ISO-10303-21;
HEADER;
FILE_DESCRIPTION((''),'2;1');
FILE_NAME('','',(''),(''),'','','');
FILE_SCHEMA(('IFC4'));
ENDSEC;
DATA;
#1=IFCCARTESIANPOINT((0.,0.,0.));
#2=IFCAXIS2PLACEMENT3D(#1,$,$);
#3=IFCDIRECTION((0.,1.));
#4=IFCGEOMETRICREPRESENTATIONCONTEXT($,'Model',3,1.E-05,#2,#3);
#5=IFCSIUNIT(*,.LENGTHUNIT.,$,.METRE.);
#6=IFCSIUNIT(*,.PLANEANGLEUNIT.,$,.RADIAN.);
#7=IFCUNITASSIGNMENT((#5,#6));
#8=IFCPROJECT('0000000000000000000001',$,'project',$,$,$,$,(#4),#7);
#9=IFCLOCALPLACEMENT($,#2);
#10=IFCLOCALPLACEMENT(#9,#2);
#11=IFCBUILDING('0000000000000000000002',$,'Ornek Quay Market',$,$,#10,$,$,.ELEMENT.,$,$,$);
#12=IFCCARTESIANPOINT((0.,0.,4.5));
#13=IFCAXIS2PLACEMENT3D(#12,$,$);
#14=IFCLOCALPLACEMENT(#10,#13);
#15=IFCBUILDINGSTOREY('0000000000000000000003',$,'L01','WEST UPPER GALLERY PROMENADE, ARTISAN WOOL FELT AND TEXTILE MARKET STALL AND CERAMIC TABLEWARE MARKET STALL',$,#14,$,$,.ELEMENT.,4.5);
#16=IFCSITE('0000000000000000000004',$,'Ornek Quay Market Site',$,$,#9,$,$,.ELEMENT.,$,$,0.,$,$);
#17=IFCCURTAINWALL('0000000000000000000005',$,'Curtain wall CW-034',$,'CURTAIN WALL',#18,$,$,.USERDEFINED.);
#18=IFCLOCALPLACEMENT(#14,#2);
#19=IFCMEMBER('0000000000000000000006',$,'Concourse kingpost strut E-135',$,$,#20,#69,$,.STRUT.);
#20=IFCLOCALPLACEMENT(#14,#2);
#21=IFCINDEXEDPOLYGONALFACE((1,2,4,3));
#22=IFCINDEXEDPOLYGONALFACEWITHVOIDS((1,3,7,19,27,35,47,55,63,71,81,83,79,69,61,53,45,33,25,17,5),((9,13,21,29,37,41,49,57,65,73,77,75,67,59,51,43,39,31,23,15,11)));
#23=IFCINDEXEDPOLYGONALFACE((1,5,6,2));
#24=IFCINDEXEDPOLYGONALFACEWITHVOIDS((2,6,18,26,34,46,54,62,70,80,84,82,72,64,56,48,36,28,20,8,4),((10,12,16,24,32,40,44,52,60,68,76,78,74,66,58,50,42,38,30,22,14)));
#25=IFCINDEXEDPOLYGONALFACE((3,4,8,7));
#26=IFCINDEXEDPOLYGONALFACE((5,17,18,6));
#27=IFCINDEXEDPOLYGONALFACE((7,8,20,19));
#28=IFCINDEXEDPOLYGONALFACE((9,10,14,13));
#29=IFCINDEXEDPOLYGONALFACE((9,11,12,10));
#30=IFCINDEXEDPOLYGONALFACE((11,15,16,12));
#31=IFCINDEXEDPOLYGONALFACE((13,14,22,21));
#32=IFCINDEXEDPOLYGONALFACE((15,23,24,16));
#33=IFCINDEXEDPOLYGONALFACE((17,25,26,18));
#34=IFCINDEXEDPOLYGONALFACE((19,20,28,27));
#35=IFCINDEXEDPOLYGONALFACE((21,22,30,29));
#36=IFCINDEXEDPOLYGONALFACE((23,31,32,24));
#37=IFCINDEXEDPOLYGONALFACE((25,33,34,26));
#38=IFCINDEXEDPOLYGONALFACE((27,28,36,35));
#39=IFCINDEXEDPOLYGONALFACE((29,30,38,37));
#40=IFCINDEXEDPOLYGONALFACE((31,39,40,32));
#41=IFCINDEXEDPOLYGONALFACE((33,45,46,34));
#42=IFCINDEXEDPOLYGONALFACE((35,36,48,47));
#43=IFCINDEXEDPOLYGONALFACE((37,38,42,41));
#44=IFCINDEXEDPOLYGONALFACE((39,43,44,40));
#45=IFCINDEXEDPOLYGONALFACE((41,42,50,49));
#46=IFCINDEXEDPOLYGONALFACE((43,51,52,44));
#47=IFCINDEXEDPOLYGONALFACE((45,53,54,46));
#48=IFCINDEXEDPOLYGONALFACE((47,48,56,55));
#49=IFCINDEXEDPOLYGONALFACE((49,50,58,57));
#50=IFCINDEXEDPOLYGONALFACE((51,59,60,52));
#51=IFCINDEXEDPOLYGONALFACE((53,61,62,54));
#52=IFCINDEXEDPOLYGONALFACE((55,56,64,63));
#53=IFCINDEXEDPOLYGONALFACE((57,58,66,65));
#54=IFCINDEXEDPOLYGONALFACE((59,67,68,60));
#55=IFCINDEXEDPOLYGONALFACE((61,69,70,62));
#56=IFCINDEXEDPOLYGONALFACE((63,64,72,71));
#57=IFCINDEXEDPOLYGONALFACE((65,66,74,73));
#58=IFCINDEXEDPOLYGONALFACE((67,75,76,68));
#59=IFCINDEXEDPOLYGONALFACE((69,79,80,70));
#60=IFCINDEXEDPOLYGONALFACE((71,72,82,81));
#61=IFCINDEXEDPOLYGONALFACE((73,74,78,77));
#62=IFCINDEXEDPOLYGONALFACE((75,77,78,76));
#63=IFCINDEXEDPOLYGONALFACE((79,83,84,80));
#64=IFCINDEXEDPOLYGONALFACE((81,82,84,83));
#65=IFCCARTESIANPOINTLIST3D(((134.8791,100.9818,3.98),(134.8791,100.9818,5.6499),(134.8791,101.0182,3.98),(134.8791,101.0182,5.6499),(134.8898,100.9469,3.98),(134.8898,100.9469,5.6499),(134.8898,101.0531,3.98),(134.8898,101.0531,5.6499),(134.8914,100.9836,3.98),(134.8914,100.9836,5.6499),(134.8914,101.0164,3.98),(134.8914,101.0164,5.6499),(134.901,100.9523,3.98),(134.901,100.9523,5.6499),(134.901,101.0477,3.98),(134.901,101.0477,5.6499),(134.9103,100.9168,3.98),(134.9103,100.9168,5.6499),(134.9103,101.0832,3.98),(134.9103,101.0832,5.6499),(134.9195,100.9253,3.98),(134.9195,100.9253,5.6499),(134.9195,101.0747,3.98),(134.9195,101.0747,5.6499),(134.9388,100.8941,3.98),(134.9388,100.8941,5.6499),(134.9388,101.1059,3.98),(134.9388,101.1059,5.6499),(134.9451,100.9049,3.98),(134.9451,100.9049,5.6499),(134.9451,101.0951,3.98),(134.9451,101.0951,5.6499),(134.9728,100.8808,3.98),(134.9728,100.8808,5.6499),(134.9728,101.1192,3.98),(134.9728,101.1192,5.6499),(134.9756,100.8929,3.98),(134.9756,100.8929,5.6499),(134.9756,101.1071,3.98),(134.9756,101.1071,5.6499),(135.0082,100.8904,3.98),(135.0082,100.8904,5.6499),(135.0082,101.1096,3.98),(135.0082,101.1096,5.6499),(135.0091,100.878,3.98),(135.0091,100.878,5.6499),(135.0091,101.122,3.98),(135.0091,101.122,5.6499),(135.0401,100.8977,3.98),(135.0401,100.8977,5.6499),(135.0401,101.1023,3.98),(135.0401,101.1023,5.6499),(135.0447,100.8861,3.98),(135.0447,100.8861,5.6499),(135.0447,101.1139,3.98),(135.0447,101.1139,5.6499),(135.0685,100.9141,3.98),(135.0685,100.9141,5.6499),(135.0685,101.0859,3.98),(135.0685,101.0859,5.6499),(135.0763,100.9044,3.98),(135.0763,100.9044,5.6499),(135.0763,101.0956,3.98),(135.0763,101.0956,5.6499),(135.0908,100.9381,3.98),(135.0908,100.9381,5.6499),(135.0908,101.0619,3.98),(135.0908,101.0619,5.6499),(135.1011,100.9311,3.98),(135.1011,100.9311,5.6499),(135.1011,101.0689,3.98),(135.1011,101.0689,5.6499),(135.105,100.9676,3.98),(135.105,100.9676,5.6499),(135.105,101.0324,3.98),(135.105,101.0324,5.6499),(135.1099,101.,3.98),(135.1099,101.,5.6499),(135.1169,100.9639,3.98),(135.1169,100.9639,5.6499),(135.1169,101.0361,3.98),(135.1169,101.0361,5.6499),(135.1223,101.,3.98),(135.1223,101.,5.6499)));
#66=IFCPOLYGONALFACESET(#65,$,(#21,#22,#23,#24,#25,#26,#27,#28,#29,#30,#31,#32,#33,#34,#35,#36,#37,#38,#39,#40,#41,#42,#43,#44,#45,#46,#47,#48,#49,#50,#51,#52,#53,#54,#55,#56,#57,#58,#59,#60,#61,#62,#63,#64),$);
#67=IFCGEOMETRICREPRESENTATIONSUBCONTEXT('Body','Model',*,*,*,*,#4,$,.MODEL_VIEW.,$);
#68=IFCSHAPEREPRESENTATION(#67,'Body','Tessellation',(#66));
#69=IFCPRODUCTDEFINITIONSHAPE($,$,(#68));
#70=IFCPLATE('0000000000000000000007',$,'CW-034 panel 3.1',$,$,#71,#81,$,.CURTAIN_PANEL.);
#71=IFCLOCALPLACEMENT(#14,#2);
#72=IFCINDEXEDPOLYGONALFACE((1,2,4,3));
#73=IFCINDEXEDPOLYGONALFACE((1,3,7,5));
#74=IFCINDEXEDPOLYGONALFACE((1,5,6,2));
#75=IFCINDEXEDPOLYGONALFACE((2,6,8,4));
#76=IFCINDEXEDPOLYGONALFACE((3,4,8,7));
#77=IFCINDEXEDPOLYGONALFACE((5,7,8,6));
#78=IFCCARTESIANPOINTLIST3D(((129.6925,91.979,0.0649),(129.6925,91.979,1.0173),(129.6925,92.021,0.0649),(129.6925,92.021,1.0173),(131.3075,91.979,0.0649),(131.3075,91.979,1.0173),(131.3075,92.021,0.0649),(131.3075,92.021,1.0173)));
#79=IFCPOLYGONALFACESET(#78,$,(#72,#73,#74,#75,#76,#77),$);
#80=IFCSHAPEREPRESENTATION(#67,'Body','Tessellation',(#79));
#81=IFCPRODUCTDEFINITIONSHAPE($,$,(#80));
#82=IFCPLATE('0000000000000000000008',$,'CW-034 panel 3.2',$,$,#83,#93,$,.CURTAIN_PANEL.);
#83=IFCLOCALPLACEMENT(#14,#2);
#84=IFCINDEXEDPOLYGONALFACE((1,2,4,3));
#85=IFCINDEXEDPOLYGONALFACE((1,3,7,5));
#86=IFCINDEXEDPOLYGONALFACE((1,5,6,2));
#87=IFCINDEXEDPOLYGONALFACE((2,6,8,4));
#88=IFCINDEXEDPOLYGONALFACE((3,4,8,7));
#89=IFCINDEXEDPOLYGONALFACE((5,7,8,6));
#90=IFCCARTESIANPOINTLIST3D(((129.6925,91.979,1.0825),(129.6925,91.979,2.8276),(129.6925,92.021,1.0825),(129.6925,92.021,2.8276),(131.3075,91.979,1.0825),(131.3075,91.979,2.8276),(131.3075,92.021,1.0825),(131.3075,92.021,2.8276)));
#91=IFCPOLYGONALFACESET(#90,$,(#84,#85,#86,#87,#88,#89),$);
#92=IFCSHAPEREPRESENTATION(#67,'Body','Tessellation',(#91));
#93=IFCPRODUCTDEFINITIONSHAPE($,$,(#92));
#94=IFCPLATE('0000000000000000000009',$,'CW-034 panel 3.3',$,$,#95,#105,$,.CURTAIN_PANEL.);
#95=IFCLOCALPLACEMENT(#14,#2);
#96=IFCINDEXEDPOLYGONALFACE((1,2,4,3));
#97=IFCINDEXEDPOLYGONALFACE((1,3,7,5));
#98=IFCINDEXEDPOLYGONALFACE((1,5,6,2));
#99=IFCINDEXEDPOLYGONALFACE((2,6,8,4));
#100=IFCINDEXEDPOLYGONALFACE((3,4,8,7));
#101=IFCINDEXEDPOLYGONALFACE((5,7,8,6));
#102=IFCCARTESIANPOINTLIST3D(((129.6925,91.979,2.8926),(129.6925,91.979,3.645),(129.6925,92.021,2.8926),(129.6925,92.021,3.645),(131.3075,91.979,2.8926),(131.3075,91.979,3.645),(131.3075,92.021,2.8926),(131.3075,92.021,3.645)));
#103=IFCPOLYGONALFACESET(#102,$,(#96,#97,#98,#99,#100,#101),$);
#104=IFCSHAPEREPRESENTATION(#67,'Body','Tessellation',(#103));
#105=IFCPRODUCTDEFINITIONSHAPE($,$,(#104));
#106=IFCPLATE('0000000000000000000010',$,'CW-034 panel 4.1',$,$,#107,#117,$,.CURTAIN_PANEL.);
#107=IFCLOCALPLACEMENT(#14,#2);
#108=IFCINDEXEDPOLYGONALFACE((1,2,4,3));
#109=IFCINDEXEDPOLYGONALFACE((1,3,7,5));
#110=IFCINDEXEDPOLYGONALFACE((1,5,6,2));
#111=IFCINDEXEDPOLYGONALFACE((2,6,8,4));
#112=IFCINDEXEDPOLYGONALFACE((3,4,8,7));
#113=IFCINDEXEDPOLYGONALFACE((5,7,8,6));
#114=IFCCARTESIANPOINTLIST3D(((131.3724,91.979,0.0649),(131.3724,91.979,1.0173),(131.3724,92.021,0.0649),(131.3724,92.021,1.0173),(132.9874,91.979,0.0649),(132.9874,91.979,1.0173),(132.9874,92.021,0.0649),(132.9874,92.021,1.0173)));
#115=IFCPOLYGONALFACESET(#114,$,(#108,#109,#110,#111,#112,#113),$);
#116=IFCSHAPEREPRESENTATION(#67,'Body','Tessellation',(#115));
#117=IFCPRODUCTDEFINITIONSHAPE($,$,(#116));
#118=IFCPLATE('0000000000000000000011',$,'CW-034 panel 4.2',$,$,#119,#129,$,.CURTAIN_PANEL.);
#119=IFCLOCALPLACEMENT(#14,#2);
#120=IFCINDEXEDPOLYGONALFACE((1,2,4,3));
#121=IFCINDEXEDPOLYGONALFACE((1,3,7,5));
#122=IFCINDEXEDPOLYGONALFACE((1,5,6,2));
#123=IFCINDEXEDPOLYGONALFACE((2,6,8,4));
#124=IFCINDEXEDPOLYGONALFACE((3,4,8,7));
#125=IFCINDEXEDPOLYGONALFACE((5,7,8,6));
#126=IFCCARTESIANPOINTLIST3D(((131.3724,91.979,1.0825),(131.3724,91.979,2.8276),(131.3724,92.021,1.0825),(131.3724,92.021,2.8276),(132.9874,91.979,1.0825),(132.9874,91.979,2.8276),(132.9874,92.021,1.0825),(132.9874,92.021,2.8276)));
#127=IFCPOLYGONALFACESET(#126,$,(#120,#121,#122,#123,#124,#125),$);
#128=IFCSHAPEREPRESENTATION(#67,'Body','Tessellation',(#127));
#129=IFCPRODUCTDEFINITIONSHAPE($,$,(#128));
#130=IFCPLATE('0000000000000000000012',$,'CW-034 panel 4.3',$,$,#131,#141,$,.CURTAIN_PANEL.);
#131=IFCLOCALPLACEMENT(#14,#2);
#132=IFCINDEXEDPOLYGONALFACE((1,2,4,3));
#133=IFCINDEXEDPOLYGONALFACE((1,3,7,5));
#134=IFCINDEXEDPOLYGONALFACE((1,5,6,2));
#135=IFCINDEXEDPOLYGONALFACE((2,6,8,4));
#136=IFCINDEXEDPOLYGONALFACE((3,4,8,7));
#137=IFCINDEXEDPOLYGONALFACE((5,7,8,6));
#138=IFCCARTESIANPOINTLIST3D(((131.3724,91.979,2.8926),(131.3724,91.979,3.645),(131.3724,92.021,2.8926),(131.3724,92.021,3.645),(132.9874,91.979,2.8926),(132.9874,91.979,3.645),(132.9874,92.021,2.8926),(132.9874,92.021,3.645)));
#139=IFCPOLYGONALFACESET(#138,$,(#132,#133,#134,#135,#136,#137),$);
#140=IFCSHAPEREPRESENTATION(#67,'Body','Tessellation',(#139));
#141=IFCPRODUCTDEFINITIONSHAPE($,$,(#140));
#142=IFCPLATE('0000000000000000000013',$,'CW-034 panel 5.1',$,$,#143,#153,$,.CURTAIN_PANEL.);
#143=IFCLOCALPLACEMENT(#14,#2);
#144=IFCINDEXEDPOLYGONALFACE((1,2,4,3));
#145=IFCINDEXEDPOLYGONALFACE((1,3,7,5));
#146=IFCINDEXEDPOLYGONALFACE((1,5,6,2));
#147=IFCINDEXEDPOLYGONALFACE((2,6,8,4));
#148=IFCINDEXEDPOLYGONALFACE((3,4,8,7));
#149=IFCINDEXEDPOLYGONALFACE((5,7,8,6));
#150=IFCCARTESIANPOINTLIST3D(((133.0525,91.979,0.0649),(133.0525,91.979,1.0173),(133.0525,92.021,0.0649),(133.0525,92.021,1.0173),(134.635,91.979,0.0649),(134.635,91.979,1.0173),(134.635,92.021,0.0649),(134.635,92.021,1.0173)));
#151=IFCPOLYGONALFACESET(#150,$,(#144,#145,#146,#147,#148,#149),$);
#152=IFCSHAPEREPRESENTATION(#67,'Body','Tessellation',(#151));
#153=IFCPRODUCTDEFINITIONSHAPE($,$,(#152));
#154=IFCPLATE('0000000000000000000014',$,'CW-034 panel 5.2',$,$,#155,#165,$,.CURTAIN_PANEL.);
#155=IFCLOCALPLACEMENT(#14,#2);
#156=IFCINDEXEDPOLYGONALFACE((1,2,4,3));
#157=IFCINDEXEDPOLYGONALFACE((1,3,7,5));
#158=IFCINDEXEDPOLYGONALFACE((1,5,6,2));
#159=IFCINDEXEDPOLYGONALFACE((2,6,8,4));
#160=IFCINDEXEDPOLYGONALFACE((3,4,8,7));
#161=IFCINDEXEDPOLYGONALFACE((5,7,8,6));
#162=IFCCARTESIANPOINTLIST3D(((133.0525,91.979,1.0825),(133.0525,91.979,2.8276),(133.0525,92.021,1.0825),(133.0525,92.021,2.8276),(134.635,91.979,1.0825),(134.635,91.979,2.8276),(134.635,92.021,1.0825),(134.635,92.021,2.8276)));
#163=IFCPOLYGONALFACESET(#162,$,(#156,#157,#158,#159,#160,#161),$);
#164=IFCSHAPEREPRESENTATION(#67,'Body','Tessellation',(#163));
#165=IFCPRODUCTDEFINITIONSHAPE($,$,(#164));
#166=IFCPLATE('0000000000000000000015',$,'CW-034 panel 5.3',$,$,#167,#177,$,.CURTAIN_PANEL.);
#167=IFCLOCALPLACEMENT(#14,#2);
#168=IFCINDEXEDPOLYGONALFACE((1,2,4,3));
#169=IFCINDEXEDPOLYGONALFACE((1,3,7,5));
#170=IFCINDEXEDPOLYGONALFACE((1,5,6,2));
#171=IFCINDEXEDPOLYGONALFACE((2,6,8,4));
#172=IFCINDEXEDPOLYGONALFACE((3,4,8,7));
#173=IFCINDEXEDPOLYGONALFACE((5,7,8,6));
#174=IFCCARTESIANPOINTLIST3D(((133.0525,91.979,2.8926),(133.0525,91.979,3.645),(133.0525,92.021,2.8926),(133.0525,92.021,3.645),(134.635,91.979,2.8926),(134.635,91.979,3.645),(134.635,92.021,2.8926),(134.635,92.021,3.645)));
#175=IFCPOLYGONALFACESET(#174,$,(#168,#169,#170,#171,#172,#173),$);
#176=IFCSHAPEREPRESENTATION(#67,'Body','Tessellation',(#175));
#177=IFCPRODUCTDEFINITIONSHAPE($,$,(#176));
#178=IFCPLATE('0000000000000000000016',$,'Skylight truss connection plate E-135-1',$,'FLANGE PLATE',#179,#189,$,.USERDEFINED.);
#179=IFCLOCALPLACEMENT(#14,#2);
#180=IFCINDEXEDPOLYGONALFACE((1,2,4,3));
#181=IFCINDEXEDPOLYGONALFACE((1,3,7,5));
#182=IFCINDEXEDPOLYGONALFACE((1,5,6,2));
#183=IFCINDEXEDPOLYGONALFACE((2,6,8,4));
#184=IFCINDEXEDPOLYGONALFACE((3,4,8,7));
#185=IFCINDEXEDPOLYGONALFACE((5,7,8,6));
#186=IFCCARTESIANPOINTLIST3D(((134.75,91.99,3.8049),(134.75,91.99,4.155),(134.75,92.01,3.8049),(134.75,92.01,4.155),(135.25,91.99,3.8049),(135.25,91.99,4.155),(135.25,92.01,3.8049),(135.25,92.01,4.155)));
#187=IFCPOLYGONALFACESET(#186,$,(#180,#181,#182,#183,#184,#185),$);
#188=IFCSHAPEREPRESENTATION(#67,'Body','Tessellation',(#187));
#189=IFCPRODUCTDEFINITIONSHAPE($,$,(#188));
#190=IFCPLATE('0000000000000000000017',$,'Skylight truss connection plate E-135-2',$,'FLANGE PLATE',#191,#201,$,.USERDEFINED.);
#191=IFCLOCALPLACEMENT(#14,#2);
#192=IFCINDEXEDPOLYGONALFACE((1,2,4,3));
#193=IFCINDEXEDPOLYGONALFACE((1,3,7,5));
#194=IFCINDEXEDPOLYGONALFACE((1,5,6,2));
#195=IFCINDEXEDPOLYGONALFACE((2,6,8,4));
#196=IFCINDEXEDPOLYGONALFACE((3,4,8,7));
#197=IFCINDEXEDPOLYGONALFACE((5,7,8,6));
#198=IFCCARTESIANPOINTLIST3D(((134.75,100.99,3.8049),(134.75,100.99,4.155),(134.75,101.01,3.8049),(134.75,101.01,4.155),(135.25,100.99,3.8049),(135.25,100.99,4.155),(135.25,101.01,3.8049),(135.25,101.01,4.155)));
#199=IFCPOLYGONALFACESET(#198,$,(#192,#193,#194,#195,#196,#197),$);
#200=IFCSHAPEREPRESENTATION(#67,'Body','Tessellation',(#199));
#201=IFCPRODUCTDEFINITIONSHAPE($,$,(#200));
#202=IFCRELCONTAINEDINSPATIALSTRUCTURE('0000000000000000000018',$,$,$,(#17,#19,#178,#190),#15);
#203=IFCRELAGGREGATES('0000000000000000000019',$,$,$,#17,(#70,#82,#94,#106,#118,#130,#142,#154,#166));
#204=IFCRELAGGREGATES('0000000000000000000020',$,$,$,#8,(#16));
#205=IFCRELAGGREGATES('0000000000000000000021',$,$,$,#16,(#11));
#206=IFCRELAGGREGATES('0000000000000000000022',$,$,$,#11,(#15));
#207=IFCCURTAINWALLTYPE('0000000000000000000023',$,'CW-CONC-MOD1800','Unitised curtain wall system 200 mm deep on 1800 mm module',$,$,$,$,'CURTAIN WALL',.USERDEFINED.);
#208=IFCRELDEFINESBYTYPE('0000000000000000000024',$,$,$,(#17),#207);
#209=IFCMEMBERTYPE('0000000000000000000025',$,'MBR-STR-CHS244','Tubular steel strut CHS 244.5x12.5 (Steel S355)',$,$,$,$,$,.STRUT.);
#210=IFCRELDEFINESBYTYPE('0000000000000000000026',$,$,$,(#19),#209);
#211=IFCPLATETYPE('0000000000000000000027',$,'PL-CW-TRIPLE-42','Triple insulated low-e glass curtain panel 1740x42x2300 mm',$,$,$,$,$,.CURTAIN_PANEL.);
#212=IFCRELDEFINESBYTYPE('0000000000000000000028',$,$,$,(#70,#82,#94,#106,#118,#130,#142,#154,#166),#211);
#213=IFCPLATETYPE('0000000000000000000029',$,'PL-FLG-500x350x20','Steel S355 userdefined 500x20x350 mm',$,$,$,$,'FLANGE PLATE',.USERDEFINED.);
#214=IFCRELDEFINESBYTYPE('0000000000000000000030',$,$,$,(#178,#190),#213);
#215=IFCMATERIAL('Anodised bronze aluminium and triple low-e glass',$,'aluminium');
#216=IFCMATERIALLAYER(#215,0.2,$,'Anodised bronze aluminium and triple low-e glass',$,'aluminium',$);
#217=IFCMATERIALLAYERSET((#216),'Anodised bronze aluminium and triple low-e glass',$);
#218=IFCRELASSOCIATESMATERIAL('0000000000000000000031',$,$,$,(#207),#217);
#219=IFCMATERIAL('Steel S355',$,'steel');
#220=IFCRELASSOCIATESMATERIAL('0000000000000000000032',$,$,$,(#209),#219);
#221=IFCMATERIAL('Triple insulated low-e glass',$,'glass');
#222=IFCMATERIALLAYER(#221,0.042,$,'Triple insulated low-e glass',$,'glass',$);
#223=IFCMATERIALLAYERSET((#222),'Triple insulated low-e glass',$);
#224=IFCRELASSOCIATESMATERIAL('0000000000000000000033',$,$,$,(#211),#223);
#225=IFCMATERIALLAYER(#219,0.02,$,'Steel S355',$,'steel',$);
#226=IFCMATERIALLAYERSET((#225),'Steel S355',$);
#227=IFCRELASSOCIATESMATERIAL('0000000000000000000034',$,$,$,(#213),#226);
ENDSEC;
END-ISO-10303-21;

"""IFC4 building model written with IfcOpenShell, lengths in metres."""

from ifc_helpers import new_model, si_unit, direction, frame, origin, origin_2d, place, context, subcontext, project, spatial, rectangle, hollow_circle, extrude, material, layer, layer_set, material_profile, profile_set, type_object, element, aggregate, save


model = new_model("IFC4")

# Units and contexts
model_context = context("Model", 3, precision=1e-05, world=origin(), true_north=direction((0.0, 1.0)))
body_context = subcontext(model_context, "Body", "Model", "MODEL_VIEW")
ifc_project = project(units=[si_unit("LENGTHUNIT", "METRE"), si_unit("PLANEANGLEUNIT", "RADIAN")], contexts=[model_context])

# Site, building, storey
site_placement = place(None, origin())
site = spatial("IfcSite", under=ifc_project, at=site_placement, Name="Ornek Quay Market Site", CompositionType="ELEMENT", RefElevation=0.0)
building_placement = place(site_placement, origin())
building = spatial("IfcBuilding", under=site, at=building_placement, Name="Ornek Quay Market", CompositionType="ELEMENT")
storey_placement = place(building_placement, frame((0.0, 0.0, 4.5)))
storey = spatial("IfcBuildingStorey", under=building, at=storey_placement, Name="L01", Description="WEST UPPER GALLERY PROMENADE, ARTISAN WOOL FELT AND TEXTILE MARKET STALL AND CERAMIC TABLEWARE MARKET STALL", CompositionType="ELEMENT", Elevation=4.5)

# Curtain wall
ifc_material_1 = material(Name="Anodised bronze aluminium and triple low-e glass", Category="aluminium")
ifc_layer_1 = layer(ifc_material_1, 0.2, Name="Anodised bronze aluminium and triple low-e glass", Category="aluminium")
ifc_layer_set_1 = layer_set([ifc_layer_1], Name="Anodised bronze aluminium and triple low-e glass")
curtain_wall_type = type_object("IfcCurtainWallType", Name="CW-CONC-MOD1800", Description="Unitised curtain wall system 200 mm deep on 1800 mm module", ElementType="CURTAIN WALL", PredefinedType="USERDEFINED", material=ifc_layer_set_1)
curtain_wall_1_placement = place(storey_placement, origin())
curtain_wall_1 = element("IfcCurtainWall", 1, at=curtain_wall_1_placement, inside=storey, type_object=curtain_wall_type, Name="Curtain wall CW-034", ObjectType="CURTAIN WALL", PredefinedType="USERDEFINED")

# Member
ifc_material_2 = material(Name="Steel S355", Category="steel")
ifc_material_profile_1 = material_profile(ifc_material_2, hollow_circle(Radius=0.1223, WallThickness=0.0125, at=origin_2d()), Name="CHS 244.5x12.5", Category="steel")
ifc_profile_set_1 = profile_set([ifc_material_profile_1], Name="Steel S355")
member_type_1 = type_object("IfcMemberType", Name="MBR-STR-CHS244", Description="Tubular steel strut CHS 244.5x12.5 (Steel S355)", PredefinedType="STRUT", material=ifc_profile_set_1)
member_1_placement = place(storey_placement, frame((135.0, 101.0, 3.98), z_axis=(0.0, 0.0, 1.0), x_axis=(1.0, 0.0, 0.0)))
element("IfcMember", 2, at=member_1_placement, inside=storey, type_object=member_type_1, Name="Concourse kingpost strut E-135", PredefinedType="STRUT", context=body_context, shape_type="SweptSolid", body=[
    extrude(hollow_circle(Radius=0.1223, WallThickness=0.0125, at=origin_2d()), origin(), (0.0, 0.0, 1.0), 1.6699),
])

# Plates
ifc_material_3 = material(Name="Triple insulated low-e glass", Category="glass")
ifc_layer_2 = layer(ifc_material_3, 0.042, Name="Triple insulated low-e glass", Category="glass")
ifc_layer_set_2 = layer_set([ifc_layer_2], Name="Triple insulated low-e glass")
plate_type_1 = type_object("IfcPlateType", Name="PL-CW-TRIPLE-42", Description="Triple insulated low-e glass curtain panel 1740x42x2300 mm", PredefinedType="CURTAIN_PANEL", material=ifc_layer_set_2)
plate_1_placement = place(storey_placement, frame((130.5, 92.0, 0.0649), z_axis=(0.0, 0.0, 1.0), x_axis=(1.0, 0.0, 0.0)))
plate_1 = element("IfcPlate", 3, at=plate_1_placement, type_object=plate_type_1, Name="CW-034 panel 3.1", PredefinedType="CURTAIN_PANEL", context=body_context, shape_type="SweptSolid", body=[
    extrude(rectangle(XDim=1.615, YDim=0.042, at=origin_2d()), origin(), (0.0, 0.0, 1.0), 0.9524),
])
plate_2_placement = place(storey_placement, frame((130.5, 92.0, 1.0825), z_axis=(0.0, 0.0, 1.0), x_axis=(1.0, 0.0, 0.0)))
plate_2 = element("IfcPlate", 4, at=plate_2_placement, type_object=plate_type_1, Name="CW-034 panel 3.2", PredefinedType="CURTAIN_PANEL", context=body_context, shape_type="SweptSolid", body=[
    extrude(rectangle(XDim=1.615, YDim=0.042, at=origin_2d()), origin(), (0.0, 0.0, 1.0), 1.7451),
])
plate_3_placement = place(storey_placement, frame((130.5, 92.0, 2.8926), z_axis=(0.0, 0.0, 1.0), x_axis=(1.0, 0.0, 0.0)))
plate_3 = element("IfcPlate", 5, at=plate_3_placement, type_object=plate_type_1, Name="CW-034 panel 3.3", PredefinedType="CURTAIN_PANEL", context=body_context, shape_type="SweptSolid", body=[
    extrude(rectangle(XDim=1.615, YDim=0.042, at=origin_2d()), origin(), (0.0, 0.0, 1.0), 0.7524),
])
plate_4_placement = place(storey_placement, frame((132.1799, 92.0, 0.0649), z_axis=(0.0, 0.0, 1.0), x_axis=(1.0, 0.0, 0.0)))
plate_4 = element("IfcPlate", 6, at=plate_4_placement, type_object=plate_type_1, Name="CW-034 panel 4.1", PredefinedType="CURTAIN_PANEL", context=body_context, shape_type="SweptSolid", body=[
    extrude(rectangle(XDim=1.615, YDim=0.042, at=origin_2d()), origin(), (0.0, 0.0, 1.0), 0.9524),
])
plate_5_placement = place(storey_placement, frame((132.1799, 92.0, 1.0825), z_axis=(0.0, 0.0, 1.0), x_axis=(1.0, 0.0, 0.0)))
plate_5 = element("IfcPlate", 7, at=plate_5_placement, type_object=plate_type_1, Name="CW-034 panel 4.2", PredefinedType="CURTAIN_PANEL", context=body_context, shape_type="SweptSolid", body=[
    extrude(rectangle(XDim=1.615, YDim=0.042, at=origin_2d()), origin(), (0.0, 0.0, 1.0), 1.7451),
])
plate_6_placement = place(storey_placement, frame((132.1799, 92.0, 2.8926), z_axis=(0.0, 0.0, 1.0), x_axis=(1.0, 0.0, 0.0)))
plate_6 = element("IfcPlate", 8, at=plate_6_placement, type_object=plate_type_1, Name="CW-034 panel 4.3", PredefinedType="CURTAIN_PANEL", context=body_context, shape_type="SweptSolid", body=[
    extrude(rectangle(XDim=1.615, YDim=0.042, at=origin_2d()), origin(), (0.0, 0.0, 1.0), 0.7524),
])
plate_7_placement = place(storey_placement, frame((133.8438, 92.0, 0.0649), z_axis=(0.0, 0.0, 1.0), x_axis=(1.0, 0.0, 0.0)))
plate_7 = element("IfcPlate", 9, at=plate_7_placement, type_object=plate_type_1, Name="CW-034 panel 5.1", PredefinedType="CURTAIN_PANEL", context=body_context, shape_type="SweptSolid", body=[
    extrude(rectangle(XDim=1.5825, YDim=0.042, at=origin_2d()), origin(), (0.0, 0.0, 1.0), 0.9524),
])
plate_8_placement = place(storey_placement, frame((133.8438, 92.0, 1.0825), z_axis=(0.0, 0.0, 1.0), x_axis=(1.0, 0.0, 0.0)))
plate_8 = element("IfcPlate", 10, at=plate_8_placement, type_object=plate_type_1, Name="CW-034 panel 5.2", PredefinedType="CURTAIN_PANEL", context=body_context, shape_type="SweptSolid", body=[
    extrude(rectangle(XDim=1.5825, YDim=0.042, at=origin_2d()), origin(), (0.0, 0.0, 1.0), 1.7451),
])
plate_9_placement = place(storey_placement, frame((133.8438, 92.0, 2.8926), z_axis=(0.0, 0.0, 1.0), x_axis=(1.0, 0.0, 0.0)))
plate_9 = element("IfcPlate", 11, at=plate_9_placement, type_object=plate_type_1, Name="CW-034 panel 5.3", PredefinedType="CURTAIN_PANEL", context=body_context, shape_type="SweptSolid", body=[
    extrude(rectangle(XDim=1.5825, YDim=0.042, at=origin_2d()), origin(), (0.0, 0.0, 1.0), 0.7524),
])
aggregate(curtain_wall_1, [plate_1, plate_2, plate_3, plate_4, plate_5, plate_6, plate_7, plate_8, plate_9])

# Plates
ifc_layer_3 = layer(ifc_material_2, 0.02, Name="Steel S355", Category="steel")
ifc_layer_set_3 = layer_set([ifc_layer_3], Name="Steel S355")
plate_type_2 = type_object("IfcPlateType", Name="PL-FLG-500x350x20", Description="Steel S355 userdefined 500x20x350 mm", ElementType="FLANGE PLATE", PredefinedType="USERDEFINED", material=ifc_layer_set_3)
for number, where, z_axis, x_axis, name in (
    (12, (135.0, 92.0, 3.8049), (0.0, 0.0, 1.0), (1.0, 0.0, 0.0), "Skylight truss connection plate E-135-1"),
    (13, (135.0, 101.0, 3.8049), (0.0, 0.0, 1.0), (1.0, 0.0, 0.0), "Skylight truss connection plate E-135-2"),
):
    element("IfcPlate", number, at=place(storey_placement, frame(where, z_axis=z_axis, x_axis=x_axis)), inside=storey, type_object=plate_type_2, Name=name, ObjectType="FLANGE PLATE", PredefinedType="USERDEFINED", context=body_context, shape_type="SweptSolid", body=[
        extrude(rectangle(XDim=0.5, YDim=0.02, at=origin_2d()), origin(), (0.0, 0.0, 1.0), 0.3501),
    ])

save(model, "model.ifc")
